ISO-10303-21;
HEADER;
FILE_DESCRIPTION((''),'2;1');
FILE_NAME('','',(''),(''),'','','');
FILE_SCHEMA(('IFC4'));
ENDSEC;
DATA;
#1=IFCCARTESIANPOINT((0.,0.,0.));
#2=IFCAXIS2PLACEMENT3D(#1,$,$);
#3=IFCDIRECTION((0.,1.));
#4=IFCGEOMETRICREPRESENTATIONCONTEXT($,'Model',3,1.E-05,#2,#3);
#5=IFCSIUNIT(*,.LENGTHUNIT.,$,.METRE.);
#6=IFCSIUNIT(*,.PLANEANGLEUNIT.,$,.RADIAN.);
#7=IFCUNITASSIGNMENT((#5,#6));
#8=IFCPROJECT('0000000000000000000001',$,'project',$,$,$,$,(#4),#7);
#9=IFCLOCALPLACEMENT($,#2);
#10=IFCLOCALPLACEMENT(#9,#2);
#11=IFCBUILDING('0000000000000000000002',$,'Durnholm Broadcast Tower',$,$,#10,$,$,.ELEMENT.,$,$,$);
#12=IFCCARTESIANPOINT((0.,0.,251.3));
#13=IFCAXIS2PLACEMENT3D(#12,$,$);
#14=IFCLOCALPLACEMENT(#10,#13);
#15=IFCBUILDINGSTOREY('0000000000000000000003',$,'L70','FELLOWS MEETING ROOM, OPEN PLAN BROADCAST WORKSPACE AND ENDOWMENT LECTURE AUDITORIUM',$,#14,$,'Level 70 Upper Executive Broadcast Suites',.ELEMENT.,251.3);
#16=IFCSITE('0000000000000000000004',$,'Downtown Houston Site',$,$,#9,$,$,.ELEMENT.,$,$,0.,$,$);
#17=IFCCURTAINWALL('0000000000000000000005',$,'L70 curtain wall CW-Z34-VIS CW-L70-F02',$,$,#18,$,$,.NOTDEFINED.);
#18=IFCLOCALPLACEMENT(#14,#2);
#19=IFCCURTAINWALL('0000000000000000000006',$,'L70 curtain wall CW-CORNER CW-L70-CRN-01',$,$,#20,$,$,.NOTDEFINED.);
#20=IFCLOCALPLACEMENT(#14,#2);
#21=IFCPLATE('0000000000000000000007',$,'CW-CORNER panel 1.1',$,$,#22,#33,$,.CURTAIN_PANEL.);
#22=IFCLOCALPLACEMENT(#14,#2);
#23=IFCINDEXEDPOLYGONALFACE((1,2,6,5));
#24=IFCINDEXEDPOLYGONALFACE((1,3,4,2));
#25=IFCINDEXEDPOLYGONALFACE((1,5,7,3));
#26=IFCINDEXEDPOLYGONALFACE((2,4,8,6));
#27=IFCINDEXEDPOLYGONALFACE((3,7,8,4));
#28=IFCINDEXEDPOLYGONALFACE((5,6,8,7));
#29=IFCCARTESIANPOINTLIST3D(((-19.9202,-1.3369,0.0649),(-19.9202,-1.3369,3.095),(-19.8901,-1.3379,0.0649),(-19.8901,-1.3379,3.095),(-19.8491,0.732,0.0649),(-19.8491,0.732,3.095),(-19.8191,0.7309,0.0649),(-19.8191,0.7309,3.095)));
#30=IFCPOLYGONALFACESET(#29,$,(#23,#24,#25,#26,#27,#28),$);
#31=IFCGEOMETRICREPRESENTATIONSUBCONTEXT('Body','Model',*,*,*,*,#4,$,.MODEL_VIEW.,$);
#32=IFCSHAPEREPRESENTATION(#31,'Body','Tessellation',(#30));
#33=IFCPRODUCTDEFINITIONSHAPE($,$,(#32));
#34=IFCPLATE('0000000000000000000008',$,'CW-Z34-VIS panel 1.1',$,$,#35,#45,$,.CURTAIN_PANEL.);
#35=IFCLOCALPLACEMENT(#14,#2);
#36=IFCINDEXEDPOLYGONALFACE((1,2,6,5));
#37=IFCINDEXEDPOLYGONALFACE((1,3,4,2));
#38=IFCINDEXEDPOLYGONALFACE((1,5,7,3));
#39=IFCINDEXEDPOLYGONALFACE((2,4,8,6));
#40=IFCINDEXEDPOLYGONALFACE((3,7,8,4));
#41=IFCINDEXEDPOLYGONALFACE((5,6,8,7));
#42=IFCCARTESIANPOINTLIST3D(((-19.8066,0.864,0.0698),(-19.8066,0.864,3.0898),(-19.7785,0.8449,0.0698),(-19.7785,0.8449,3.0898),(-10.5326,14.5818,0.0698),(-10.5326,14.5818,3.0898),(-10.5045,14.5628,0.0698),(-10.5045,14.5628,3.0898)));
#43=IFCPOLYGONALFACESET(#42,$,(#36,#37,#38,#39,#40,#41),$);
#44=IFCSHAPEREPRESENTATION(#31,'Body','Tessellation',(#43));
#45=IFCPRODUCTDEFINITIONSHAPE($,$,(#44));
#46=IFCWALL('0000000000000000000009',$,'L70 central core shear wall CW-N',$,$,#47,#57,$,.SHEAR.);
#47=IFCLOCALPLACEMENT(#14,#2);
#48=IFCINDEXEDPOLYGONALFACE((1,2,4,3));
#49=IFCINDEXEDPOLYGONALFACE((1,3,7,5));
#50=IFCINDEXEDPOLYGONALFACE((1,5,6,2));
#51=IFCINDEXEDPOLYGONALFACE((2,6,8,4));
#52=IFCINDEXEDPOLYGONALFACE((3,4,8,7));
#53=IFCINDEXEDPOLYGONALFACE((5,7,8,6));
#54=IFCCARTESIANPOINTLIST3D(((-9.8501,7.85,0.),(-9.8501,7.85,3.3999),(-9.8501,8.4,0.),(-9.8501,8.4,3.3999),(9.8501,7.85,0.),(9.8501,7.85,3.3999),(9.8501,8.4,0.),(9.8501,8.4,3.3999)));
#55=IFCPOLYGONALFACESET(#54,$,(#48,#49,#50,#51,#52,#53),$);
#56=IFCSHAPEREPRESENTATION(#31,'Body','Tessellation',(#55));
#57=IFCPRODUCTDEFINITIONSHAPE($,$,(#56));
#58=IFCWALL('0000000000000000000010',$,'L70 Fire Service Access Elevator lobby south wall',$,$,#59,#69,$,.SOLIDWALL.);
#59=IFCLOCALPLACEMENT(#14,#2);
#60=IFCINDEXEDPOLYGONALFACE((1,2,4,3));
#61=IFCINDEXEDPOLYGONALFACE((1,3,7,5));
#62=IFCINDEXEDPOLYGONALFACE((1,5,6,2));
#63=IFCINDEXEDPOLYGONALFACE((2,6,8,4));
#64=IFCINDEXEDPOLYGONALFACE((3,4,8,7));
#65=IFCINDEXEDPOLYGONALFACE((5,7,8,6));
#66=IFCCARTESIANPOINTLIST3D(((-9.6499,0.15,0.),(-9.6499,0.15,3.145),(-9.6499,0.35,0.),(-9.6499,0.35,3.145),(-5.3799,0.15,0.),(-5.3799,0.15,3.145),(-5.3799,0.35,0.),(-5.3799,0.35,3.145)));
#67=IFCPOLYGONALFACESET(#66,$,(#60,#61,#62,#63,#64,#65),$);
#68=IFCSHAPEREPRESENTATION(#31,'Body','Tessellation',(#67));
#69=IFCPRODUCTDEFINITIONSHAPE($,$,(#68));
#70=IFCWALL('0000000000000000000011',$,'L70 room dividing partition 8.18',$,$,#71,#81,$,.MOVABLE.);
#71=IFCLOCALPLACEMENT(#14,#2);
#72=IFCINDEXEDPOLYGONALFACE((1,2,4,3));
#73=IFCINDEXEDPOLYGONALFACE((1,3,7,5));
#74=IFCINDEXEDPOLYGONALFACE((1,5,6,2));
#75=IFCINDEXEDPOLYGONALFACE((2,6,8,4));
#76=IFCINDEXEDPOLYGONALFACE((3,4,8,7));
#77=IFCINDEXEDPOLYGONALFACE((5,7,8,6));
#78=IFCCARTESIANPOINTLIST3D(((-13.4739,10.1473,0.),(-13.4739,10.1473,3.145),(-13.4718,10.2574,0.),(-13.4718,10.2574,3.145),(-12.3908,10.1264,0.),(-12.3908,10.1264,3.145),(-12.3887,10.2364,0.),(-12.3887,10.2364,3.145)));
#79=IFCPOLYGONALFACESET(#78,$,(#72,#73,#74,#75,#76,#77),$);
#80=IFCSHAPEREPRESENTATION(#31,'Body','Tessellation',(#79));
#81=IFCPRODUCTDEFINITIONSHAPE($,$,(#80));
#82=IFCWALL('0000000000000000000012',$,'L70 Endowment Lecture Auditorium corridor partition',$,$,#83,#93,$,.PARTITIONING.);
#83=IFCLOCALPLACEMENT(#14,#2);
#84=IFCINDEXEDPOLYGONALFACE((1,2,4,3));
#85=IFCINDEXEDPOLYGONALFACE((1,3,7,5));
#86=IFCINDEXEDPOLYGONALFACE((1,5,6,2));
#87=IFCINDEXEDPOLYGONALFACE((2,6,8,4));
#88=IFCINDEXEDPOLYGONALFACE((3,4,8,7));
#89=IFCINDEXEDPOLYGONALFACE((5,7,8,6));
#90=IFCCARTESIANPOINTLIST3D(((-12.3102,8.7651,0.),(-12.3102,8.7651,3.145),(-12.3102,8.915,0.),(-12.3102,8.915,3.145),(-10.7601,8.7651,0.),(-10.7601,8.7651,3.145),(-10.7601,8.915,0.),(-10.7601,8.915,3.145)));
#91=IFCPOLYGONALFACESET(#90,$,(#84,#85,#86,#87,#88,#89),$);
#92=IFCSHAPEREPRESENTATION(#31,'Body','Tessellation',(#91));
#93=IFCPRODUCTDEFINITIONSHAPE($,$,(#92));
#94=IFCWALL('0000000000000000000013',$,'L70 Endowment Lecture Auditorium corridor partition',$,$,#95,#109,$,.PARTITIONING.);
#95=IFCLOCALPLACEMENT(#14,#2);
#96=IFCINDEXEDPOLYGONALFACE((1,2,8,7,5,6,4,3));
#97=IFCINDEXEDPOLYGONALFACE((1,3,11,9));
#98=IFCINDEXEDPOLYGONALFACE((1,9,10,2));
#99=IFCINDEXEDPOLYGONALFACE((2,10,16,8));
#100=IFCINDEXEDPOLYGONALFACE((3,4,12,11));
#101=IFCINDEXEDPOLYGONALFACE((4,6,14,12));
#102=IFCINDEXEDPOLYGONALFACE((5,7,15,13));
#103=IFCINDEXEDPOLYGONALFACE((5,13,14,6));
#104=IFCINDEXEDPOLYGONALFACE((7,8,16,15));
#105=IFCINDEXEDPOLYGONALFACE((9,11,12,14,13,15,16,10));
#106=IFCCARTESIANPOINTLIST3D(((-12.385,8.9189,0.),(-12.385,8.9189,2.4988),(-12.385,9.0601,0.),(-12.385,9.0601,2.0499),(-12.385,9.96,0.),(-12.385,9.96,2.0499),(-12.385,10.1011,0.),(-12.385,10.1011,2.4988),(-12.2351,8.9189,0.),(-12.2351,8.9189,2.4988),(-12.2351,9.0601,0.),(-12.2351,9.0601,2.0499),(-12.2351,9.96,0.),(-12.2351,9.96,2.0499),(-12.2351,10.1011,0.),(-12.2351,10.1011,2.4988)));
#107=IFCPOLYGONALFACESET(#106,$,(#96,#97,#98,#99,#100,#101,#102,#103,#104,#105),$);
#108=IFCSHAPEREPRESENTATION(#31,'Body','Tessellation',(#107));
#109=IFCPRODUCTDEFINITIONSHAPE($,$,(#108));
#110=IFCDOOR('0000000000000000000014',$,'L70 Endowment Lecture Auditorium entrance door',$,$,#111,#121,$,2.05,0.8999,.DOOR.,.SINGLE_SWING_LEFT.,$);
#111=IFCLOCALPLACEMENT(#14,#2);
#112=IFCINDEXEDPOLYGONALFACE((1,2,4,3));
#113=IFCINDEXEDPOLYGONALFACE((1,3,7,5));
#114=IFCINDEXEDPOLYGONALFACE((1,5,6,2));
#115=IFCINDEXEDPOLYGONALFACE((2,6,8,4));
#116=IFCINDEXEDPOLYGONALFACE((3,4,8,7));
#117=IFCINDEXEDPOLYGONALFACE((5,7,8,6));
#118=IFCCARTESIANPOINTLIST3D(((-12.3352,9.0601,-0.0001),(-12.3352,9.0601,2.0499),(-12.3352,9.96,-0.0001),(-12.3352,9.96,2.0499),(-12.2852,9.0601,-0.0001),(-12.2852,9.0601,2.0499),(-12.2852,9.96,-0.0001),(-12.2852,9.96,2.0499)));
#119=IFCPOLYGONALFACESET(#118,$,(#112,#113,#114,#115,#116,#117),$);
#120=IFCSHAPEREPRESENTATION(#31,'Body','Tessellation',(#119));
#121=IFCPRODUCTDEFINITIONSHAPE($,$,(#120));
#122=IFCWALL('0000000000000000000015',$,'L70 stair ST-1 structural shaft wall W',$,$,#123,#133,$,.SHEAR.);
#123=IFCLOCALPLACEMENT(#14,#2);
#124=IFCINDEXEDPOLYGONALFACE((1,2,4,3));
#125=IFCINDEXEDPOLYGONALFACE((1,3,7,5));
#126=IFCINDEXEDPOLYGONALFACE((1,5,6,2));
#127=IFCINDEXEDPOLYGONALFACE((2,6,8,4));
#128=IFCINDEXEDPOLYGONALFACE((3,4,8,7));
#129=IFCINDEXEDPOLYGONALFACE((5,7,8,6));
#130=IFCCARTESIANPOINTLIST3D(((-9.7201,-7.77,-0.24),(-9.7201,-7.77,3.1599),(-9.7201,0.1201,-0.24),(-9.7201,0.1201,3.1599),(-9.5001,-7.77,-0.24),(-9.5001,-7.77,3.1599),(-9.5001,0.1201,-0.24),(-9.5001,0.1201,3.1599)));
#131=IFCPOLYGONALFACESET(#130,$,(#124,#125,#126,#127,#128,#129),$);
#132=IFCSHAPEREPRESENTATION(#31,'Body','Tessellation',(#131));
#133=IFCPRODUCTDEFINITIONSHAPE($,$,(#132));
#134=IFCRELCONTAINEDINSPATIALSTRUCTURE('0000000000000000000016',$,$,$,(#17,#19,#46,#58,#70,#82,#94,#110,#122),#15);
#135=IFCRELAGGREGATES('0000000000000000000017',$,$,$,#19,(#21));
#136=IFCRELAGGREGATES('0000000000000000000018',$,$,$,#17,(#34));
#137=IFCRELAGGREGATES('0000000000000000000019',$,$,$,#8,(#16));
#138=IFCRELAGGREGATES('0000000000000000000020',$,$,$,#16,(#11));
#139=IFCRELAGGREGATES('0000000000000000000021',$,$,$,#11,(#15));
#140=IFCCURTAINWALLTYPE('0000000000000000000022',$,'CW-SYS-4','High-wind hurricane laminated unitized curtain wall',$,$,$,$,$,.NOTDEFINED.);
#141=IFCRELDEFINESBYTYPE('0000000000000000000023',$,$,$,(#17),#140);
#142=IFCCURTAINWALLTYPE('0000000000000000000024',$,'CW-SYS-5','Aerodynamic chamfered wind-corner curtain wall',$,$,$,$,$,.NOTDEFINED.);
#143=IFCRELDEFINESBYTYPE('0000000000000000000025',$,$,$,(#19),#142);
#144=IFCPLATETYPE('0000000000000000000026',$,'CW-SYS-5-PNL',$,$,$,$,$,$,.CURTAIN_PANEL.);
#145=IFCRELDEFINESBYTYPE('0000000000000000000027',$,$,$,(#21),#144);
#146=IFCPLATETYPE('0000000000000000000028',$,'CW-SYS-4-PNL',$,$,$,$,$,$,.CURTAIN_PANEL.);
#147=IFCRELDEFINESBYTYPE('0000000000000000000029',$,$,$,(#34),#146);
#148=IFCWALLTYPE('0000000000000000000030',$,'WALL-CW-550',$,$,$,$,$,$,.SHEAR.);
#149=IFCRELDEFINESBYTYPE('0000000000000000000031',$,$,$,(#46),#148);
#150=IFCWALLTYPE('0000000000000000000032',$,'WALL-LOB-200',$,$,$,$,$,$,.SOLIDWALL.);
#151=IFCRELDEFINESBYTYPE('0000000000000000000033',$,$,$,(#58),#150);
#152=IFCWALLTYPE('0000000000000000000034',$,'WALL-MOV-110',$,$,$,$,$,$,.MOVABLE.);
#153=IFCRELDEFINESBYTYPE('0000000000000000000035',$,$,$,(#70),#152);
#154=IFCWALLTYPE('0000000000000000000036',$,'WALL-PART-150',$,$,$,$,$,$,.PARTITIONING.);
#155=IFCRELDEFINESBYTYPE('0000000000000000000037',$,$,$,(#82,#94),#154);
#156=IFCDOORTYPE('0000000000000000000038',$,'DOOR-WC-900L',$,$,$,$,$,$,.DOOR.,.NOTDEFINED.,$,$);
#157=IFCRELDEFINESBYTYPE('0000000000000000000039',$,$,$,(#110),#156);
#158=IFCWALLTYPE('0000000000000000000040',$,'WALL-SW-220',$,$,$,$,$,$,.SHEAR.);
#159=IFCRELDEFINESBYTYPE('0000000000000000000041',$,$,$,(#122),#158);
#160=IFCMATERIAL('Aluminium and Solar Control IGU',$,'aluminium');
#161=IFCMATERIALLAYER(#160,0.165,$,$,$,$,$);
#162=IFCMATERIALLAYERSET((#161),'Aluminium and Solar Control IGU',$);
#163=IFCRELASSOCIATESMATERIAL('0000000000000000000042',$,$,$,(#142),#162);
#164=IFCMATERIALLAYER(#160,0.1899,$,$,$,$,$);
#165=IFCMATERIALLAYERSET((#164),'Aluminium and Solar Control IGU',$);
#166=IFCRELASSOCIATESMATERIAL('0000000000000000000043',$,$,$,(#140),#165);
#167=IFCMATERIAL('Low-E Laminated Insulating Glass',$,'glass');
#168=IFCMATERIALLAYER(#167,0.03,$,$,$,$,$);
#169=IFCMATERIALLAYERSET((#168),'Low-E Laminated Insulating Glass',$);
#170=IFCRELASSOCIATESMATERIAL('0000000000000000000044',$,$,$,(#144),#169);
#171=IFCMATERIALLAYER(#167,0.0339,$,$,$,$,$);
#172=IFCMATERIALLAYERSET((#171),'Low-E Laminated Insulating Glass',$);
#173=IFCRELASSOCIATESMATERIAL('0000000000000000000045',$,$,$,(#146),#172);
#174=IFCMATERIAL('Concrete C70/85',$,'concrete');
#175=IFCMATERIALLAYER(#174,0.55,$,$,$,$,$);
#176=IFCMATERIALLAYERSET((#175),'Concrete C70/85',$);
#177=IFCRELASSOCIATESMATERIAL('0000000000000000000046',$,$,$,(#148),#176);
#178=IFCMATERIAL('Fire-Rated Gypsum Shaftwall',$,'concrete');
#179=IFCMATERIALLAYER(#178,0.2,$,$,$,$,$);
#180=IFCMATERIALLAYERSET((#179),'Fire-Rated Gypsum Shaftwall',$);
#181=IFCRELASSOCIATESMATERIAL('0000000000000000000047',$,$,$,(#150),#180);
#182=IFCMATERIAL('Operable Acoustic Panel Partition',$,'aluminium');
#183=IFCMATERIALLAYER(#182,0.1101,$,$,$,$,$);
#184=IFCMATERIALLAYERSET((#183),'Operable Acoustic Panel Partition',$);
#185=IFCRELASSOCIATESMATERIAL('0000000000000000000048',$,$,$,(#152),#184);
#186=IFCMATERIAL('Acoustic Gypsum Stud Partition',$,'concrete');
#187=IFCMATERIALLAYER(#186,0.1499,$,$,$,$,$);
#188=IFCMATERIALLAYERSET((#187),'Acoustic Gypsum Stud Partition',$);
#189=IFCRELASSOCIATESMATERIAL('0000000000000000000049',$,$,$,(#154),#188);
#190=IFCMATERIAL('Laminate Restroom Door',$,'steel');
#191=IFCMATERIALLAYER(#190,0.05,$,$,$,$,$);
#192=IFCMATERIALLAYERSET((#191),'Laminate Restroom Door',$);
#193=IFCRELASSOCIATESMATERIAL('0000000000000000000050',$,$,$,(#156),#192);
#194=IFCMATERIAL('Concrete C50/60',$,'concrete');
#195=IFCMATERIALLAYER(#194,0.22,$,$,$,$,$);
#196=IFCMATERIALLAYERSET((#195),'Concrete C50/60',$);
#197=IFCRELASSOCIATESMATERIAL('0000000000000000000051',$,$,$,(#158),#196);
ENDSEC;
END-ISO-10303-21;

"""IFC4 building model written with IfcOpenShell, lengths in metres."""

from ifc_helpers import new_model, si_unit, direction, frame, frame_2d, origin, origin_2d, place, context, subcontext, project, spatial, rectangle, extrude, source, transform, mapped, material, layer, layer_set, type_object, type_shapes, element, fill, aggregate, save


model = new_model("IFC4")

# Units and contexts
model_context = context("Model", 3, precision=1e-05, world=origin(), true_north=direction((0.0, 1.0)))
body_context = subcontext(model_context, "Body", "Model", "MODEL_VIEW")
ifc_project = project(units=[si_unit("LENGTHUNIT", "METRE"), si_unit("PLANEANGLEUNIT", "RADIAN")], contexts=[model_context])

# Site, building, storey
site_placement = place(None, origin())
site = spatial("IfcSite", under=ifc_project, at=site_placement, Name="Downtown Houston Site", CompositionType="ELEMENT", RefElevation=0.0)
building_placement = place(site_placement, origin())
building = spatial("IfcBuilding", under=site, at=building_placement, Name="Durnholm Broadcast Tower", CompositionType="ELEMENT")
storey_placement = place(building_placement, frame((0.0, 0.0, 251.3)))
storey = spatial("IfcBuildingStorey", under=building, at=storey_placement, Name="L70", Description="FELLOWS MEETING ROOM, OPEN PLAN BROADCAST WORKSPACE AND ENDOWMENT LECTURE AUDITORIUM", LongName="Level 70 Upper Executive Broadcast Suites", CompositionType="ELEMENT", Elevation=251.3)

# Shared definitions
ifc_material_1 = material(Name="Concrete C70/85", Category="concrete")

# Curtain wall
ifc_material_2 = material(Name="Aluminium and Solar Control IGU", Category="aluminium")
ifc_layer_1 = layer(ifc_material_2, 0.165)
ifc_layer_set_1 = layer_set([ifc_layer_1], Name="Aluminium and Solar Control IGU")
curtain_wall_type_1 = type_object("IfcCurtainWallType", Name="CW-SYS-5", Description="Aerodynamic chamfered wind-corner curtain wall", PredefinedType="NOTDEFINED", material=ifc_layer_set_1)
ifc_layer_2 = layer(ifc_material_2, 0.1899)
ifc_layer_set_2 = layer_set([ifc_layer_2], Name="Aluminium and Solar Control IGU")
curtain_wall_type_2 = type_object("IfcCurtainWallType", Name="CW-SYS-4", Description="High-wind hurricane laminated unitized curtain wall", PredefinedType="NOTDEFINED", material=ifc_layer_set_2)
curtain_wall_1_placement = place(storey_placement, origin())
curtain_wall_1 = element("IfcCurtainWall", 1, at=curtain_wall_1_placement, inside=storey, type_object=curtain_wall_type_2, Name="L70 curtain wall CW-Z34-VIS CW-L70-F02", PredefinedType="NOTDEFINED")

# Curtain wall
curtain_wall_2_placement = place(storey_placement, origin())
curtain_wall_2 = element("IfcCurtainWall", 2, at=curtain_wall_2_placement, inside=storey, type_object=curtain_wall_type_1, Name="L70 curtain wall CW-CORNER CW-L70-CRN-01", PredefinedType="NOTDEFINED")

# Plates
ifc_material_3 = material(Name="Low-E Laminated Insulating Glass", Category="glass")
ifc_layer_3 = layer(ifc_material_3, 0.03)
ifc_layer_set_3 = layer_set([ifc_layer_3], Name="Low-E Laminated Insulating Glass")
plate_type_1 = type_object("IfcPlateType", Name="CW-SYS-5-PNL", PredefinedType="CURTAIN_PANEL", material=ifc_layer_set_3)
shared_shape_1 = source(origin(), body_context, "Body", "SweptSolid", [
    extrude(rectangle(XDim=2.0701, YDim=0.03, at=origin_2d()), origin(), (0.0, 0.0, 1.0), 3.03),
])
type_shapes(plate_type_1, [shared_shape_1])
plate_1_placement = place(storey_placement, frame((-19.8696, -0.303, 0.0649), z_axis=(0.0, 0.0, 1.0), x_axis=(0.034318, 0.999411, 0.0)))
plate_1 = element("IfcPlate", 3, at=plate_1_placement, type_object=plate_type_1, Name="CW-CORNER panel 1.1", PredefinedType="CURTAIN_PANEL", context=body_context, shape_type="MappedRepresentation", body=[
    mapped(shared_shape_1, transform((0.0, 0.0, 0.0), x_axis=(1.0, 0.0, 0.0), y_axis=(0.0, 1.0, 0.0), z_axis=(0.0, 0.0, 1.0), scale=1.0)),
])
aggregate(curtain_wall_2, [plate_1])
ifc_layer_4 = layer(ifc_material_3, 0.0339)
ifc_layer_set_4 = layer_set([ifc_layer_4], Name="Low-E Laminated Insulating Glass")
plate_type_2 = type_object("IfcPlateType", Name="CW-SYS-4-PNL", PredefinedType="CURTAIN_PANEL", material=ifc_layer_set_4)
shared_shape_2 = source(origin(), body_context, "Body", "SweptSolid", [
    extrude(rectangle(XDim=16.5586, YDim=0.0339, at=origin_2d()), origin(), (0.0, 0.0, 1.0), 3.02),
])
type_shapes(plate_type_2, [shared_shape_2])
plate_2_placement = place(storey_placement, frame((-15.1555, 7.7134, 0.0698), z_axis=(0.0, 0.0, 1.0), x_axis=(0.560073, 0.828443, 0.0)))
plate_2 = element("IfcPlate", 4, at=plate_2_placement, type_object=plate_type_2, Name="CW-Z34-VIS panel 1.1", PredefinedType="CURTAIN_PANEL", context=body_context, shape_type="MappedRepresentation", body=[
    mapped(shared_shape_2, transform((0.0, 0.0, 0.0), x_axis=(1.0, 0.0, 0.0), y_axis=(0.0, 1.0, 0.0), z_axis=(0.0, 0.0, 1.0), scale=1.0)),
])
aggregate(curtain_wall_1, [plate_2])

# Walls
ifc_layer_5 = layer(ifc_material_1, 0.55)
ifc_layer_set_5 = layer_set([ifc_layer_5], Name="Concrete C70/85")
wall_type_1 = type_object("IfcWallType", Name="WALL-CW-550", PredefinedType="SHEAR", material=ifc_layer_set_5)
wall_1_placement = place(storey_placement, frame((-9.8501, 8.125, 0.0), z_axis=(0.0, 0.0, 1.0), x_axis=(1.0, 0.0, 0.0)))
element("IfcWall", 5, at=wall_1_placement, inside=storey, type_object=wall_type_1, Name="L70 central core shear wall CW-N", PredefinedType="SHEAR", context=body_context, shape_type="SweptSolid", body=[
    extrude(rectangle(XDim=19.7002, YDim=0.55, at=frame_2d((9.8501, 0.0))), origin(), (0.0, 0.0, 1.0), 3.3999),
])
ifc_material_4 = material(Name="Fire-Rated Gypsum Shaftwall", Category="concrete")
ifc_layer_6 = layer(ifc_material_4, 0.2)
ifc_layer_set_6 = layer_set([ifc_layer_6], Name="Fire-Rated Gypsum Shaftwall")
wall_type_2 = type_object("IfcWallType", Name="WALL-LOB-200", PredefinedType="SOLIDWALL", material=ifc_layer_set_6)
wall_2_placement = place(storey_placement, frame((-9.6499, 0.25, 0.0), z_axis=(0.0, 0.0, 1.0), x_axis=(1.0, 0.0, 0.0)))
element("IfcWall", 6, at=wall_2_placement, inside=storey, type_object=wall_type_2, Name="L70 Fire Service Access Elevator lobby south wall", PredefinedType="SOLIDWALL", context=body_context, shape_type="SweptSolid", body=[
    extrude(rectangle(XDim=4.27, YDim=0.2, at=frame_2d((2.135, 0.0))), origin(), (0.0, 0.0, 1.0), 3.145),
])
ifc_material_5 = material(Name="Operable Acoustic Panel Partition", Category="aluminium")
ifc_layer_7 = layer(ifc_material_5, 0.1101)
ifc_layer_set_7 = layer_set([ifc_layer_7], Name="Operable Acoustic Panel Partition")
wall_type_3 = type_object("IfcWallType", Name="WALL-MOV-110", PredefinedType="MOVABLE", material=ifc_layer_set_7)
wall_3_placement = place(storey_placement, frame((-12.3899, 10.1814, 0.0), z_axis=(0.0, 0.0, 1.0), x_axis=(-0.999812, 0.019383, 0.0)))
element("IfcWall", 7, at=wall_3_placement, inside=storey, type_object=wall_type_3, Name="L70 room dividing partition 8.18", PredefinedType="MOVABLE", context=body_context, shape_type="SweptSolid", body=[
    extrude(rectangle(XDim=1.0833, YDim=0.1101, at=frame_2d((0.5415, 0.0))), origin(), (0.0, 0.0, 1.0), 3.145),
])
ifc_material_6 = material(Name="Acoustic Gypsum Stud Partition", Category="concrete")
ifc_layer_8 = layer(ifc_material_6, 0.1499)
ifc_layer_set_8 = layer_set([ifc_layer_8], Name="Acoustic Gypsum Stud Partition")
wall_type_4 = type_object("IfcWallType", Name="WALL-PART-150", PredefinedType="PARTITIONING", material=ifc_layer_set_8)
wall_4_placement = place(storey_placement, frame((-12.3101, 8.8401, 0.0), z_axis=(0.0, 0.0, 1.0), x_axis=(1.0, 0.0, 0.0)))
element("IfcWall", 8, at=wall_4_placement, inside=storey, type_object=wall_type_4, Name="L70 Endowment Lecture Auditorium corridor partition", PredefinedType="PARTITIONING", context=body_context, shape_type="SweptSolid", body=[
    extrude(rectangle(XDim=1.55, YDim=0.1499, at=frame_2d((0.7749, 0.0))), origin(), (0.0, 0.0, 1.0), 3.145),
])

# Wall, opening, door
wall_5_placement = place(storey_placement, frame((-12.3101, 10.1011, 0.0), z_axis=(0.0, 0.0, 1.0), x_axis=(0.0, -1.0, 0.0)))
wall_5 = element("IfcWall", 9, at=wall_5_placement, inside=storey, type_object=wall_type_4, Name="L70 Endowment Lecture Auditorium corridor partition", PredefinedType="PARTITIONING", context=body_context, shape_type="SweptSolid", body=[
    extrude(rectangle(XDim=1.1821, YDim=0.1499, at=frame_2d((0.5911, 0.0))), origin(), (0.0, 0.0, 1.0), 2.4988),
])
opening_1_placement = place(wall_5_placement, frame((0.1411, 0.0, 0.0)))
opening_1 = element("IfcOpeningElement", 10, at=opening_1_placement, cuts=wall_5, PredefinedType="OPENING", context=body_context, shape_type="SweptSolid", body=[
    extrude(rectangle(XDim=0.8999, YDim=2.05, at=frame_2d((0.45, 1.0249))), frame((0.0, 0.085, 0.0), z_axis=(0.0, -1.0, 0.0), x_axis=(1.0, 0.0, 0.0)), (0.0, 0.0, 1.0), 0.1699),
])
ifc_material_7 = material(Name="Laminate Restroom Door", Category="steel")
ifc_layer_9 = layer(ifc_material_7, 0.05)
ifc_layer_set_9 = layer_set([ifc_layer_9], Name="Laminate Restroom Door")
door_type_1 = type_object("IfcDoorType", Name="DOOR-WC-900L", OperationType="NOTDEFINED", PredefinedType="DOOR", material=ifc_layer_set_9)
shared_shape_3 = source(origin(), body_context, "Body", "SweptSolid", [
    extrude(rectangle(XDim=0.8999, YDim=2.05, at=frame_2d((0.45, 1.0249))), frame((0.0, 0.0249, 0.0), z_axis=(0.0, -1.0, 0.0), x_axis=(1.0, 0.0, 0.0)), (0.0, 0.0, 1.0), 0.05),
])
type_shapes(door_type_1, [shared_shape_3])
door_1_placement = place(opening_1_placement, origin())
door_1 = element("IfcDoor", 11, at=door_1_placement, inside=storey, type_object=door_type_1, Name="L70 Endowment Lecture Auditorium entrance door", OperationType="SINGLE_SWING_LEFT", OverallHeight=2.05, OverallWidth=0.8999, PredefinedType="DOOR", context=body_context, shape_type="MappedRepresentation", body=[
    mapped(shared_shape_3, transform((0.0, 0.0, 0.0), x_axis=(1.0, 0.0, 0.0), y_axis=(0.0, 1.0, 0.0), z_axis=(0.0, 0.0, 1.0), scale=1.0)),
])
fill(opening_1, door_1)

# Wall
ifc_material_8 = material(Name="Concrete C50/60", Category="concrete")
ifc_layer_10 = layer(ifc_material_8, 0.22)
ifc_layer_set_10 = layer_set([ifc_layer_10], Name="Concrete C50/60")
wall_type_5 = type_object("IfcWallType", Name="WALL-SW-220", PredefinedType="SHEAR", material=ifc_layer_set_10)
wall_6_placement = place(storey_placement, frame((-9.6101, 0.1201, -0.24), z_axis=(0.0, 0.0, 1.0), x_axis=(0.0, -1.0, 0.0)))
element("IfcWall", 12, at=wall_6_placement, inside=storey, type_object=wall_type_5, Name="L70 stair ST-1 structural shaft wall W", PredefinedType="SHEAR", context=body_context, shape_type="SweptSolid", body=[
    extrude(rectangle(XDim=7.8901, YDim=0.22, at=frame_2d((3.9451, 0.0))), origin(), (0.0, 0.0, 1.0), 3.3999),
])

save(model, "model.ifc")
